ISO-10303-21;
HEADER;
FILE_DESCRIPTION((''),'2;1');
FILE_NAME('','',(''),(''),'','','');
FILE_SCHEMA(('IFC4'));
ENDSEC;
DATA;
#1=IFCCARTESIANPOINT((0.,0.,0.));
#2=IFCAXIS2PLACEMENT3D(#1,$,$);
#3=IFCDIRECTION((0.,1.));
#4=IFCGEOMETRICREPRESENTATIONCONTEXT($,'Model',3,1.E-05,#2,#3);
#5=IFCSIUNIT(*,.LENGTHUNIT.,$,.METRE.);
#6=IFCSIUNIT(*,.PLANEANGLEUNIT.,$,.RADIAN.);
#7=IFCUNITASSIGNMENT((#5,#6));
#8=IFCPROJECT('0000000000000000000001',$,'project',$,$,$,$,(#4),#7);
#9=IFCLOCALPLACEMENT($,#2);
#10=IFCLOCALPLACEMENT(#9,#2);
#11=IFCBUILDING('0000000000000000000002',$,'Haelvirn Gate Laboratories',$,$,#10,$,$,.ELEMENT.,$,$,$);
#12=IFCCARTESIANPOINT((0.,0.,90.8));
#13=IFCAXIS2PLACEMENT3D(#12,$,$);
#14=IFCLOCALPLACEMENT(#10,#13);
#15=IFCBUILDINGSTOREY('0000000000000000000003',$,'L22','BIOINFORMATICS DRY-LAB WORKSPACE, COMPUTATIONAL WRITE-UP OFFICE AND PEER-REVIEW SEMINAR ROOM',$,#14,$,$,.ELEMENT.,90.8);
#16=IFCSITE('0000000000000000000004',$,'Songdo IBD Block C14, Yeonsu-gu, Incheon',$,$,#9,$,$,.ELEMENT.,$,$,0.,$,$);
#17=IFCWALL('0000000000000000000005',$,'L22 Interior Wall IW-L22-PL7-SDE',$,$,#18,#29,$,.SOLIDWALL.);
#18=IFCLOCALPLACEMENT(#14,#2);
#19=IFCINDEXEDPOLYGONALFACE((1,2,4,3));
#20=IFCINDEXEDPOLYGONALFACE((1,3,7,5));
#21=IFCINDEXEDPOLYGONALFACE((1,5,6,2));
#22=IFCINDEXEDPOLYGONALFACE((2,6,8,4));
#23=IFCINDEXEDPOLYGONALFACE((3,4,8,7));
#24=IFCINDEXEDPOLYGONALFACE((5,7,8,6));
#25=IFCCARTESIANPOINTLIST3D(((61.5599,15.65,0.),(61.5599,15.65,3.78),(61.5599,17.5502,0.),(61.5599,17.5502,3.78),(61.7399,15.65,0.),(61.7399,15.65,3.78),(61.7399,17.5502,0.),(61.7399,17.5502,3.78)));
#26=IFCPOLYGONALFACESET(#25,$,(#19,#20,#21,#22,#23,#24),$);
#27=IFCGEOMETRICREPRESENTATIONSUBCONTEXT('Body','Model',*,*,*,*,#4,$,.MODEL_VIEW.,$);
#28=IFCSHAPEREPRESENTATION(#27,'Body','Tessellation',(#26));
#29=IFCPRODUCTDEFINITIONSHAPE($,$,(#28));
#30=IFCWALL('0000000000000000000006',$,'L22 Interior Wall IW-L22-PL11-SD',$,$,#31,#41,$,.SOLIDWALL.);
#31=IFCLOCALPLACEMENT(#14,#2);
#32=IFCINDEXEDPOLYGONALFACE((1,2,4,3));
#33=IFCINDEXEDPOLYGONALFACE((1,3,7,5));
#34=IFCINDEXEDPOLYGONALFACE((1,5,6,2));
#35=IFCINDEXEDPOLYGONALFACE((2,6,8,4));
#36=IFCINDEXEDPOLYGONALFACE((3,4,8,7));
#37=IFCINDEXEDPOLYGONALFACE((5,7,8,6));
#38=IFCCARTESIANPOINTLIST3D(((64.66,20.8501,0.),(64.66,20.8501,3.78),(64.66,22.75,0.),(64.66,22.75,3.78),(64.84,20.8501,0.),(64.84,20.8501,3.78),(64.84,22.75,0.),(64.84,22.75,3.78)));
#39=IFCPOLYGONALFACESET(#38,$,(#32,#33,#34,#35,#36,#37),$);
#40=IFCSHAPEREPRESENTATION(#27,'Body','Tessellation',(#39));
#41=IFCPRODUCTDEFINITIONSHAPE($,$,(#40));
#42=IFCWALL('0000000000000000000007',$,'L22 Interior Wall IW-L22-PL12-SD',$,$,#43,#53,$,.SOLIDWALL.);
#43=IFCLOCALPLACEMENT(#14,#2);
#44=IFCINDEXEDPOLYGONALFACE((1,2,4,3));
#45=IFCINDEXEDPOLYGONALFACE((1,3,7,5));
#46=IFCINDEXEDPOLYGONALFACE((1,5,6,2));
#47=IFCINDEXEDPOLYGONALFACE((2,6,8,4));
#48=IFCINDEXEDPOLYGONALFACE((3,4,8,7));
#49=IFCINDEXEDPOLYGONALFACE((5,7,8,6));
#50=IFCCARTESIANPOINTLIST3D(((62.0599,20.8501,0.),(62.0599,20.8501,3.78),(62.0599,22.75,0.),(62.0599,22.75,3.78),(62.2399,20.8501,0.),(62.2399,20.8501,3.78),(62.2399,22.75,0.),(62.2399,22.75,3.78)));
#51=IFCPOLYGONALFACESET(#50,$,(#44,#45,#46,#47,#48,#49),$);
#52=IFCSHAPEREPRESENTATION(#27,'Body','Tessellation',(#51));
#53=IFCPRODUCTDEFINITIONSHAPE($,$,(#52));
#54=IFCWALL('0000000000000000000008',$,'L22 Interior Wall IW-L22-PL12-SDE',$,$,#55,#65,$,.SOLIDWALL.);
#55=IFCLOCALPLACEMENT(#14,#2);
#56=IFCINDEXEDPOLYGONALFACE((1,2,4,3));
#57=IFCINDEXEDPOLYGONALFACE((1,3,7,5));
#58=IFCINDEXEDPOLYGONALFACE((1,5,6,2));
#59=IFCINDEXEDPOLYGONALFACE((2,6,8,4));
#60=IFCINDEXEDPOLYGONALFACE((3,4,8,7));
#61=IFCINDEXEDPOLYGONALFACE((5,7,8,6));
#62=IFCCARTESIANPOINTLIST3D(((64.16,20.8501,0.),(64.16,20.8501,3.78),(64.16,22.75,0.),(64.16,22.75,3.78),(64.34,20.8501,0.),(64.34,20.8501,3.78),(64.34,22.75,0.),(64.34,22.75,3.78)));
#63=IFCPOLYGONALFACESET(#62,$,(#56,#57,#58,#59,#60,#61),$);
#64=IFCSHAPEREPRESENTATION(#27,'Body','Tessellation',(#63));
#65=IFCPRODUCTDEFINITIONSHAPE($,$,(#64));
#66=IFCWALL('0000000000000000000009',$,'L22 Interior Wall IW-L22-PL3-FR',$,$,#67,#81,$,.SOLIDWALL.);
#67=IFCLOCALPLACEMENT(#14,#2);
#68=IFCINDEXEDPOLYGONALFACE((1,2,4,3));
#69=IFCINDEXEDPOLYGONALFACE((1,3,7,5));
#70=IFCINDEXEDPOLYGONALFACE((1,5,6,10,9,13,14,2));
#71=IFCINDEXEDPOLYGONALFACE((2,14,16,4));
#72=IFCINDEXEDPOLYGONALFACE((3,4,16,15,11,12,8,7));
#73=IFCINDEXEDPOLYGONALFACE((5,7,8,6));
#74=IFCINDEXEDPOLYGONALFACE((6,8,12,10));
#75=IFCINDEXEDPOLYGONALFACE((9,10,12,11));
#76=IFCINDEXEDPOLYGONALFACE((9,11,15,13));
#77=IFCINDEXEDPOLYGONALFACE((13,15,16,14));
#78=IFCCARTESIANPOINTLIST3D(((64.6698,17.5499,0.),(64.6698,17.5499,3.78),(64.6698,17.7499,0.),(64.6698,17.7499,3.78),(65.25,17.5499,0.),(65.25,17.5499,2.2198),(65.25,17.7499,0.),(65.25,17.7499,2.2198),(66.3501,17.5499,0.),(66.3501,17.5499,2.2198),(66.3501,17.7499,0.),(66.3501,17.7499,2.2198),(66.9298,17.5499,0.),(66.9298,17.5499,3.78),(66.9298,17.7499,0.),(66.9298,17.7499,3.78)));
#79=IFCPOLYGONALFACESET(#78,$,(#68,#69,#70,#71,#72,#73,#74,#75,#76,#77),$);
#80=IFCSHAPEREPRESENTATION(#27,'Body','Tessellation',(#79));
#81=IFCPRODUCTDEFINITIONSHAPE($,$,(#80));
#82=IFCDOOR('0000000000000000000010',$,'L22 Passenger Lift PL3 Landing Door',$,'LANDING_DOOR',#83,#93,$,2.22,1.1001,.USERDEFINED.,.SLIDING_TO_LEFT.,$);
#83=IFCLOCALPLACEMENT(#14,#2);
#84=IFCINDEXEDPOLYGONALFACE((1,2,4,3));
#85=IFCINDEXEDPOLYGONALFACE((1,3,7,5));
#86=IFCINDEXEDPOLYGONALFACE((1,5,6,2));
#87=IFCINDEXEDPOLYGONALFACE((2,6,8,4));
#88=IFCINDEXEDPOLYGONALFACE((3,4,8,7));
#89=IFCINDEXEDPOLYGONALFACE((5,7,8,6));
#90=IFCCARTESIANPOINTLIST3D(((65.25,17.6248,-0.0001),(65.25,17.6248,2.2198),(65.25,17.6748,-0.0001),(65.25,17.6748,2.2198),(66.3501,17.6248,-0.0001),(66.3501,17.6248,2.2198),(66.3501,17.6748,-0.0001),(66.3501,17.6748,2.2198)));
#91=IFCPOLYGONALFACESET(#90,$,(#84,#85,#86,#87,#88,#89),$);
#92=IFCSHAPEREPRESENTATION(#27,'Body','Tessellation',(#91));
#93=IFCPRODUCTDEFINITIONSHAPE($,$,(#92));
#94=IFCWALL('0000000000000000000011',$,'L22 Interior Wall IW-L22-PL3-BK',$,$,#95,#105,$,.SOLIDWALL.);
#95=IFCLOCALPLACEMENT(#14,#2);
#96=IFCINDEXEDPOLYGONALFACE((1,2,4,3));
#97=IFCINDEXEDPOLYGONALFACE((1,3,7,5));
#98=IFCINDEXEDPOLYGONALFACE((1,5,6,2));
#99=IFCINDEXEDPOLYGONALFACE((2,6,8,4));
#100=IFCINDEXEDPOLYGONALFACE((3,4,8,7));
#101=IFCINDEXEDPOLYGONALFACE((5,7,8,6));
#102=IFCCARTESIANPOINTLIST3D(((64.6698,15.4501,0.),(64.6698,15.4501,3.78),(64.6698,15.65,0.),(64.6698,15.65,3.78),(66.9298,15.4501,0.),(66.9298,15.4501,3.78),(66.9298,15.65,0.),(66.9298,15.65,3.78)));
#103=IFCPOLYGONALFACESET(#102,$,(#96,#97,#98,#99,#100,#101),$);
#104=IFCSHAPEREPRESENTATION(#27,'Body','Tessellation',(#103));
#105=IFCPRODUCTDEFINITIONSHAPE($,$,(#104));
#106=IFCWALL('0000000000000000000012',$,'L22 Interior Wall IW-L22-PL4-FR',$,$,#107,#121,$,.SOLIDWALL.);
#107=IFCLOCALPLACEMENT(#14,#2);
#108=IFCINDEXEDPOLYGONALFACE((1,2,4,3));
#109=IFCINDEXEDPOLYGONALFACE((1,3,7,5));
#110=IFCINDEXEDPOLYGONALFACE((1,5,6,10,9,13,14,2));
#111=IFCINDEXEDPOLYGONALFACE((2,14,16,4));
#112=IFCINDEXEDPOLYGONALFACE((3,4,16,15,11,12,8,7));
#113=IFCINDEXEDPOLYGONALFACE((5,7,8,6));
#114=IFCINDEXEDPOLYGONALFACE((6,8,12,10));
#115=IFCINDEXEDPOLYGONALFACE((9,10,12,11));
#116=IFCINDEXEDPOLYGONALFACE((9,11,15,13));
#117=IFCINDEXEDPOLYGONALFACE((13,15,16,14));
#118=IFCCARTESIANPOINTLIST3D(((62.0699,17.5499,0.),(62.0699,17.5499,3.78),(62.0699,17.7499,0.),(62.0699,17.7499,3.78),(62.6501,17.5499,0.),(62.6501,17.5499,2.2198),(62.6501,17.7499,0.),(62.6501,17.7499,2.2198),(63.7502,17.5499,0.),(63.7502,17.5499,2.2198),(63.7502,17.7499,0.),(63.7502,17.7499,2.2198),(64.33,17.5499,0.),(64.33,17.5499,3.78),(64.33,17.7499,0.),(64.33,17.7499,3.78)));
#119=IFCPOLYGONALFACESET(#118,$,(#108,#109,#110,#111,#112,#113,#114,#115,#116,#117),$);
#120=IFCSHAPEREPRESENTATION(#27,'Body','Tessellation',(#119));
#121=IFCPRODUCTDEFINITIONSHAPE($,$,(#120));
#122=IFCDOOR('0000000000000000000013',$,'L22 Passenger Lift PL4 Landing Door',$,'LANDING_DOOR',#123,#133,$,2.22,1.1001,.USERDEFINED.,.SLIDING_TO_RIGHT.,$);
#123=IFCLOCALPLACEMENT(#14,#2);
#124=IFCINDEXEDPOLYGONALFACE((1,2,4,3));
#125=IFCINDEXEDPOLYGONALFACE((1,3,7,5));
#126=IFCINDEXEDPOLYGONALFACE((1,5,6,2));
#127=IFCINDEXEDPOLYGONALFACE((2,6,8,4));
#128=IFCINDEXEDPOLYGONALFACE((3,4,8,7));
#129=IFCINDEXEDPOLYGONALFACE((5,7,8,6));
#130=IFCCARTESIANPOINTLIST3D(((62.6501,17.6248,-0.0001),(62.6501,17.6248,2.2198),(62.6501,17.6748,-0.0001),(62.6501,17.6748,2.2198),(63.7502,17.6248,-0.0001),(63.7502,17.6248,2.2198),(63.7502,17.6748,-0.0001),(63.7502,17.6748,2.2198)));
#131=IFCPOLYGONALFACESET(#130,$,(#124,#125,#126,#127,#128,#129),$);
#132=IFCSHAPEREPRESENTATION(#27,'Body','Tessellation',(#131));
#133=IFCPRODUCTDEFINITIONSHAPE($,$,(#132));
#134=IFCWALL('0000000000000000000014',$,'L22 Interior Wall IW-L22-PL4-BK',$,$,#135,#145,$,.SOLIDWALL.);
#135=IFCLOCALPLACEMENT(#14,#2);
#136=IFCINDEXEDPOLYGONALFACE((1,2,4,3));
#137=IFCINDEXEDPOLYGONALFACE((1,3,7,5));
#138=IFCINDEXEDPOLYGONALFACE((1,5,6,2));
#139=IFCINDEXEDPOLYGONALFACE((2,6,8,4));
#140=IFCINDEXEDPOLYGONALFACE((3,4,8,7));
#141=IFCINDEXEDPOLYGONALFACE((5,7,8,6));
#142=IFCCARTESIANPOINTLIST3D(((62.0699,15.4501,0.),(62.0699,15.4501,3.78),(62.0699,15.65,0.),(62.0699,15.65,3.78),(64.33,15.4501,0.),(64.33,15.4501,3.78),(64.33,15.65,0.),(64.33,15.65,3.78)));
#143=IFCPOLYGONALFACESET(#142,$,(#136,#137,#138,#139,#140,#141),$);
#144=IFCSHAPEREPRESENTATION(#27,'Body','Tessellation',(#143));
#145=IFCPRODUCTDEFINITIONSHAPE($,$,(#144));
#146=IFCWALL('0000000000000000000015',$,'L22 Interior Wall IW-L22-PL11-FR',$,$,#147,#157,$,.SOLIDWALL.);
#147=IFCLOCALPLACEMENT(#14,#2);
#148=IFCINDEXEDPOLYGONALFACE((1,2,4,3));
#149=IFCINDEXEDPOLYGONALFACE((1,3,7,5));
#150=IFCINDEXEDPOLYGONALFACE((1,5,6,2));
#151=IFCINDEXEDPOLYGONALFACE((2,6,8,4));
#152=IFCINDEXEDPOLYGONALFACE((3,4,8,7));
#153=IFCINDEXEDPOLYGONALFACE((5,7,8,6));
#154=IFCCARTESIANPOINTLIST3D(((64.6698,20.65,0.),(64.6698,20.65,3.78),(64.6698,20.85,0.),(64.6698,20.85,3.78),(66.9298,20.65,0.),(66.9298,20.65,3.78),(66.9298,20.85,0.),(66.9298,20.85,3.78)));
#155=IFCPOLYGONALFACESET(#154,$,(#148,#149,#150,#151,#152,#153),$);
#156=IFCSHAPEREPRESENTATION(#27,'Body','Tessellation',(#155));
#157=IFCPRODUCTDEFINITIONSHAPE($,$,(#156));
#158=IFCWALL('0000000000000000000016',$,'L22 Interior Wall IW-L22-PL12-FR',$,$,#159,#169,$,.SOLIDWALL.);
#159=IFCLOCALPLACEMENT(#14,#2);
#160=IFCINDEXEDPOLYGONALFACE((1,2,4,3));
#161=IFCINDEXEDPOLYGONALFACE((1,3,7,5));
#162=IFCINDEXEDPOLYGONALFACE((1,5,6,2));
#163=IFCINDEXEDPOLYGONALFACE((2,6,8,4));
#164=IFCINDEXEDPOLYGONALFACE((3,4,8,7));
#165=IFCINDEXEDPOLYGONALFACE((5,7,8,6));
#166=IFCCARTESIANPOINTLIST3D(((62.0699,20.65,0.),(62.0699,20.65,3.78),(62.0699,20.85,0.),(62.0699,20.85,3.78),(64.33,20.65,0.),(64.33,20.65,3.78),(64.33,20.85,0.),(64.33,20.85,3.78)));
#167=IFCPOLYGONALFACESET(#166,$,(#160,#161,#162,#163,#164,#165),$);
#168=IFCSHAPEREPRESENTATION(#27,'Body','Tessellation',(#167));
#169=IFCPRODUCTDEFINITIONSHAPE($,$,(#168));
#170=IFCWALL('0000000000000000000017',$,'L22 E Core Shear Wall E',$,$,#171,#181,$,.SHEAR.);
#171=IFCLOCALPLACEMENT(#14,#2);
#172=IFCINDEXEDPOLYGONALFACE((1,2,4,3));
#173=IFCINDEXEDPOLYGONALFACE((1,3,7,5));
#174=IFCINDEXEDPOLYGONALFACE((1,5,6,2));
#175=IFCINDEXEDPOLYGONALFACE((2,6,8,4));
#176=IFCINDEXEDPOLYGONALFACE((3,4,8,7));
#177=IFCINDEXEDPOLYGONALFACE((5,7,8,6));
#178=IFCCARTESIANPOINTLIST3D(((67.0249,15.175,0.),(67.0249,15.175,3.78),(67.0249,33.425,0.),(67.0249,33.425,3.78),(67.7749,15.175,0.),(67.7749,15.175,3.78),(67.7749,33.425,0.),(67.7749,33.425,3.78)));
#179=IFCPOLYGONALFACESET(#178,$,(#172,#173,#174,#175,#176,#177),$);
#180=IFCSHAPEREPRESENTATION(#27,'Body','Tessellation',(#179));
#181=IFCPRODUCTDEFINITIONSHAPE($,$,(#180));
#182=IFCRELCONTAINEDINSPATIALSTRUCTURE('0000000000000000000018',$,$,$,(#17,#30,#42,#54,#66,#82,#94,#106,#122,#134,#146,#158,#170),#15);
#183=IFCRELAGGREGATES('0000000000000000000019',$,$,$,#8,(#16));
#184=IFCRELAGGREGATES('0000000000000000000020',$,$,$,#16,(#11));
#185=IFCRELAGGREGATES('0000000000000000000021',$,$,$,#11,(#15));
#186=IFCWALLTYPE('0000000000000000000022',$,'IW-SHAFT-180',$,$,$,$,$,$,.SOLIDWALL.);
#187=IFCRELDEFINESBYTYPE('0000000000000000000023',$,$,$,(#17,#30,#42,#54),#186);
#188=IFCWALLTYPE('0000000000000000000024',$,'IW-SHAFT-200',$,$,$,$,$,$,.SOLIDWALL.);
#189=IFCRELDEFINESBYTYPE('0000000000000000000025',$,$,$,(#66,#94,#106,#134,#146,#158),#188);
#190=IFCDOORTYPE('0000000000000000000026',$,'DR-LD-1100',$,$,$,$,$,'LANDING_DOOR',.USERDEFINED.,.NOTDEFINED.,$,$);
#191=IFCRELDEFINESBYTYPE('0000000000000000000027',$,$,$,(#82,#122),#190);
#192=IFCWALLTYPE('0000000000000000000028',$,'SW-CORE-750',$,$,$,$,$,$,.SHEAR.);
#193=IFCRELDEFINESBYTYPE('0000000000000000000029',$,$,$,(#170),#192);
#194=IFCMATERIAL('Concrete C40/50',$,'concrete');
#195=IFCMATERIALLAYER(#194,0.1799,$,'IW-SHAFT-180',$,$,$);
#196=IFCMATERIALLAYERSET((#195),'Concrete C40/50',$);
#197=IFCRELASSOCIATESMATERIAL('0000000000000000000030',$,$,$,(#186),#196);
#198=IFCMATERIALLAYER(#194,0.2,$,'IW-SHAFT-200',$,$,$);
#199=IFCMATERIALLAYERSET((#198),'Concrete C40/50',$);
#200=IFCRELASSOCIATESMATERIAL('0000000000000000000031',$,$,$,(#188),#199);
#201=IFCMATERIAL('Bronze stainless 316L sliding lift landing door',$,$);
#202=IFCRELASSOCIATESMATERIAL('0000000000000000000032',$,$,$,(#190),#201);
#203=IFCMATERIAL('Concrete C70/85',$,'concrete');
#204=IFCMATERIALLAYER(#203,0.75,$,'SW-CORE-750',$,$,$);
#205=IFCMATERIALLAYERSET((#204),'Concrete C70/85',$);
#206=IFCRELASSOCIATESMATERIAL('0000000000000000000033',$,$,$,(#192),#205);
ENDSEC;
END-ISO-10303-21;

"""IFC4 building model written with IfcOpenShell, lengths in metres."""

from ifc_helpers import new_model, si_unit, direction, frame, frame_2d, origin, place, context, subcontext, project, spatial, rectangle, extrude, source, transform, mapped, material, layer, layer_set, type_object, type_shapes, element, fill, save


model = new_model("IFC4")

# Units and contexts
model_context = context("Model", 3, precision=1e-05, world=origin(), true_north=direction((0.0, 1.0)))
body_context = subcontext(model_context, "Body", "Model", "MODEL_VIEW")
ifc_project = project(units=[si_unit("LENGTHUNIT", "METRE"), si_unit("PLANEANGLEUNIT", "RADIAN")], contexts=[model_context])

# Site, building, storey
site_placement = place(None, origin())
site = spatial("IfcSite", under=ifc_project, at=site_placement, Name="Songdo IBD Block C14, Yeonsu-gu, Incheon", CompositionType="ELEMENT", RefElevation=0.0)
building_placement = place(site_placement, origin())
building = spatial("IfcBuilding", under=site, at=building_placement, Name="Haelvirn Gate Laboratories", CompositionType="ELEMENT")
storey_placement = place(building_placement, frame((0.0, 0.0, 90.8)))
storey = spatial("IfcBuildingStorey", under=building, at=storey_placement, Name="L22", Description="BIOINFORMATICS DRY-LAB WORKSPACE, COMPUTATIONAL WRITE-UP OFFICE AND PEER-REVIEW SEMINAR ROOM", CompositionType="ELEMENT", Elevation=90.8)

# Shared definitions
ifc_material_1 = material(Name="Concrete C70/85", Category="concrete")

# Walls
ifc_material_2 = material(Name="Concrete C40/50", Category="concrete")
ifc_layer_1 = layer(ifc_material_2, 0.1799, Name="IW-SHAFT-180")
ifc_layer_set_1 = layer_set([ifc_layer_1], Name="Concrete C40/50")
wall_type_1 = type_object("IfcWallType", Name="IW-SHAFT-180", PredefinedType="SOLIDWALL", material=ifc_layer_set_1)
for number, where, z_axis, x_axis, name in (
    (1, (61.6499, 15.6499, 0.0), (0.0, 0.0, 1.0), (0.0, 1.0, 0.0), "L22 Interior Wall IW-L22-PL7-SDE"),
):
    element("IfcWall", number, at=place(storey_placement, frame(where, z_axis=z_axis, x_axis=x_axis)), inside=storey, type_object=wall_type_1, Name=name, PredefinedType="SOLIDWALL", context=body_context, shape_type="SweptSolid", body=[
        extrude(rectangle(XDim=1.9001, YDim=0.1799, at=frame_2d((0.9502, 0.0))), origin(), (0.0, 0.0, 1.0), 3.78),
    ])
for number, where, z_axis, x_axis, name in (
    (2, (64.75, 20.8501, 0.0), (0.0, 0.0, 1.0), (0.0, 1.0, 0.0), "L22 Interior Wall IW-L22-PL11-SD"),
    (3, (62.1499, 20.8501, 0.0), (0.0, 0.0, 1.0), (0.0, 1.0, 0.0), "L22 Interior Wall IW-L22-PL12-SD"),
    (4, (64.25, 20.8501, 0.0), (0.0, 0.0, 1.0), (0.0, 1.0, 0.0), "L22 Interior Wall IW-L22-PL12-SDE"),
):
    element("IfcWall", number, at=place(storey_placement, frame(where, z_axis=z_axis, x_axis=x_axis)), inside=storey, type_object=wall_type_1, Name=name, PredefinedType="SOLIDWALL", context=body_context, shape_type="SweptSolid", body=[
        extrude(rectangle(XDim=1.8999, YDim=0.1799, at=frame_2d((0.95, 0.0))), origin(), (0.0, 0.0, 1.0), 3.78),
    ])

# Wall, opening, door
ifc_layer_2 = layer(ifc_material_2, 0.2, Name="IW-SHAFT-200")
ifc_layer_set_2 = layer_set([ifc_layer_2], Name="Concrete C40/50")
wall_type_2 = type_object("IfcWallType", Name="IW-SHAFT-200", PredefinedType="SOLIDWALL", material=ifc_layer_set_2)
wall_1_placement = place(storey_placement, frame((64.6699, 17.6499, 0.0), z_axis=(0.0, 0.0, 1.0), x_axis=(1.0, 0.0, 0.0)))
wall_1 = element("IfcWall", 5, at=wall_1_placement, inside=storey, type_object=wall_type_2, Name="L22 Interior Wall IW-L22-PL3-FR", PredefinedType="SOLIDWALL", context=body_context, shape_type="SweptSolid", body=[
    extrude(rectangle(XDim=2.26, YDim=0.2, at=frame_2d((1.1299, 0.0))), origin(), (0.0, 0.0, 1.0), 3.78),
])
opening_1_placement = place(wall_1_placement, frame((0.5801, 0.0, 0.0)))
opening_1 = element("IfcOpeningElement", 6, at=opening_1_placement, cuts=wall_1, PredefinedType="OPENING", context=body_context, shape_type="SweptSolid", body=[
    extrude(rectangle(XDim=1.1001, YDim=2.22, at=frame_2d((0.55, 1.1099))), frame((0.0, 0.1099, 0.0), z_axis=(0.0, -1.0, 0.0), x_axis=(1.0, 0.0, 0.0)), (0.0, 0.0, 1.0), 0.22),
])
ifc_material_3 = material(Name="Bronze stainless 316L sliding lift landing door")
door_type_1 = type_object("IfcDoorType", Name="DR-LD-1100", ElementType="LANDING_DOOR", OperationType="NOTDEFINED", PredefinedType="USERDEFINED", material=ifc_material_3)
shared_shape_1 = source(origin(), body_context, "Body", "SweptSolid", [
    extrude(rectangle(XDim=1.1001, YDim=2.22, at=frame_2d((0.55, 1.1099))), frame((0.0, 0.0249, 0.0), z_axis=(0.0, -1.0, 0.0), x_axis=(1.0, 0.0, 0.0)), (0.0, 0.0, 1.0), 0.05),
])
type_shapes(door_type_1, [shared_shape_1])
door_1_placement = place(opening_1_placement, origin())
door_1 = element("IfcDoor", 7, at=door_1_placement, inside=storey, type_object=door_type_1, Name="L22 Passenger Lift PL3 Landing Door", ObjectType="LANDING_DOOR", OperationType="SLIDING_TO_LEFT", OverallHeight=2.22, OverallWidth=1.1001, PredefinedType="USERDEFINED", context=body_context, shape_type="MappedRepresentation", body=[
    mapped(shared_shape_1, transform((0.0, 0.0, 0.0), scale=1.0)),
])
fill(opening_1, door_1)

# Wall
wall_2_placement = place(storey_placement, frame((64.6699, 15.55, 0.0), z_axis=(0.0, 0.0, 1.0), x_axis=(1.0, 0.0, 0.0)))
element("IfcWall", 8, at=wall_2_placement, inside=storey, type_object=wall_type_2, Name="L22 Interior Wall IW-L22-PL3-BK", PredefinedType="SOLIDWALL", context=body_context, shape_type="SweptSolid", body=[
    extrude(rectangle(XDim=2.26, YDim=0.2, at=frame_2d((1.1299, 0.0))), origin(), (0.0, 0.0, 1.0), 3.78),
])

# Wall, opening, door
wall_3_placement = place(storey_placement, frame((62.0701, 17.6499, 0.0), z_axis=(0.0, 0.0, 1.0), x_axis=(1.0, 0.0, 0.0)))
wall_3 = element("IfcWall", 9, at=wall_3_placement, inside=storey, type_object=wall_type_2, Name="L22 Interior Wall IW-L22-PL4-FR", PredefinedType="SOLIDWALL", context=body_context, shape_type="SweptSolid", body=[
    extrude(rectangle(XDim=2.26, YDim=0.2, at=frame_2d((1.1299, 0.0))), origin(), (0.0, 0.0, 1.0), 3.78),
])
opening_2_placement = place(wall_3_placement, frame((0.5801, 0.0, 0.0)))
opening_2 = element("IfcOpeningElement", 10, at=opening_2_placement, cuts=wall_3, PredefinedType="OPENING", context=body_context, shape_type="SweptSolid", body=[
    extrude(rectangle(XDim=1.1001, YDim=2.22, at=frame_2d((0.55, 1.1099))), frame((0.0, 0.1099, 0.0), z_axis=(0.0, -1.0, 0.0), x_axis=(1.0, 0.0, 0.0)), (0.0, 0.0, 1.0), 0.22),
])
door_2_placement = place(opening_2_placement, origin())
door_2 = element("IfcDoor", 11, at=door_2_placement, inside=storey, type_object=door_type_1, Name="L22 Passenger Lift PL4 Landing Door", ObjectType="LANDING_DOOR", OperationType="SLIDING_TO_RIGHT", OverallHeight=2.22, OverallWidth=1.1001, PredefinedType="USERDEFINED", context=body_context, shape_type="MappedRepresentation", body=[
    mapped(shared_shape_1, transform((0.0, 0.0, 0.0), scale=1.0)),
])
fill(opening_2, door_2)

# Walls
for number, where, z_axis, x_axis, name in (
    (12, (62.0701, 15.55, 0.0), (0.0, 0.0, 1.0), (1.0, 0.0, 0.0), "L22 Interior Wall IW-L22-PL4-BK"),
    (13, (64.6699, 20.75, 0.0), (0.0, 0.0, 1.0), (1.0, 0.0, 0.0), "L22 Interior Wall IW-L22-PL11-FR"),
    (14, (62.0701, 20.75, 0.0), (0.0, 0.0, 1.0), (1.0, 0.0, 0.0), "L22 Interior Wall IW-L22-PL12-FR"),
):
    element("IfcWall", number, at=place(storey_placement, frame(where, z_axis=z_axis, x_axis=x_axis)), inside=storey, type_object=wall_type_2, Name=name, PredefinedType="SOLIDWALL", context=body_context, shape_type="SweptSolid", body=[
        extrude(rectangle(XDim=2.26, YDim=0.2, at=frame_2d((1.1299, 0.0))), origin(), (0.0, 0.0, 1.0), 3.78),
    ])
ifc_layer_3 = layer(ifc_material_1, 0.75, Name="SW-CORE-750")
ifc_layer_set_3 = layer_set([ifc_layer_3], Name="Concrete C70/85")
wall_type_3 = type_object("IfcWallType", Name="SW-CORE-750", PredefinedType="SHEAR", material=ifc_layer_set_3)
wall_4_placement = place(storey_placement, frame((67.3999, 15.175, 0.0), z_axis=(0.0, 0.0, 1.0), x_axis=(0.0, 1.0, 0.0)))
element("IfcWall", 15, at=wall_4_placement, inside=storey, type_object=wall_type_3, Name="L22 E Core Shear Wall E", PredefinedType="SHEAR", context=body_context, shape_type="SweptSolid", body=[
    extrude(rectangle(XDim=18.25, YDim=0.75, at=frame_2d((9.125, 0.0))), origin(), (0.0, 0.0, 1.0), 3.78),
])

save(model, "model.ifc")
